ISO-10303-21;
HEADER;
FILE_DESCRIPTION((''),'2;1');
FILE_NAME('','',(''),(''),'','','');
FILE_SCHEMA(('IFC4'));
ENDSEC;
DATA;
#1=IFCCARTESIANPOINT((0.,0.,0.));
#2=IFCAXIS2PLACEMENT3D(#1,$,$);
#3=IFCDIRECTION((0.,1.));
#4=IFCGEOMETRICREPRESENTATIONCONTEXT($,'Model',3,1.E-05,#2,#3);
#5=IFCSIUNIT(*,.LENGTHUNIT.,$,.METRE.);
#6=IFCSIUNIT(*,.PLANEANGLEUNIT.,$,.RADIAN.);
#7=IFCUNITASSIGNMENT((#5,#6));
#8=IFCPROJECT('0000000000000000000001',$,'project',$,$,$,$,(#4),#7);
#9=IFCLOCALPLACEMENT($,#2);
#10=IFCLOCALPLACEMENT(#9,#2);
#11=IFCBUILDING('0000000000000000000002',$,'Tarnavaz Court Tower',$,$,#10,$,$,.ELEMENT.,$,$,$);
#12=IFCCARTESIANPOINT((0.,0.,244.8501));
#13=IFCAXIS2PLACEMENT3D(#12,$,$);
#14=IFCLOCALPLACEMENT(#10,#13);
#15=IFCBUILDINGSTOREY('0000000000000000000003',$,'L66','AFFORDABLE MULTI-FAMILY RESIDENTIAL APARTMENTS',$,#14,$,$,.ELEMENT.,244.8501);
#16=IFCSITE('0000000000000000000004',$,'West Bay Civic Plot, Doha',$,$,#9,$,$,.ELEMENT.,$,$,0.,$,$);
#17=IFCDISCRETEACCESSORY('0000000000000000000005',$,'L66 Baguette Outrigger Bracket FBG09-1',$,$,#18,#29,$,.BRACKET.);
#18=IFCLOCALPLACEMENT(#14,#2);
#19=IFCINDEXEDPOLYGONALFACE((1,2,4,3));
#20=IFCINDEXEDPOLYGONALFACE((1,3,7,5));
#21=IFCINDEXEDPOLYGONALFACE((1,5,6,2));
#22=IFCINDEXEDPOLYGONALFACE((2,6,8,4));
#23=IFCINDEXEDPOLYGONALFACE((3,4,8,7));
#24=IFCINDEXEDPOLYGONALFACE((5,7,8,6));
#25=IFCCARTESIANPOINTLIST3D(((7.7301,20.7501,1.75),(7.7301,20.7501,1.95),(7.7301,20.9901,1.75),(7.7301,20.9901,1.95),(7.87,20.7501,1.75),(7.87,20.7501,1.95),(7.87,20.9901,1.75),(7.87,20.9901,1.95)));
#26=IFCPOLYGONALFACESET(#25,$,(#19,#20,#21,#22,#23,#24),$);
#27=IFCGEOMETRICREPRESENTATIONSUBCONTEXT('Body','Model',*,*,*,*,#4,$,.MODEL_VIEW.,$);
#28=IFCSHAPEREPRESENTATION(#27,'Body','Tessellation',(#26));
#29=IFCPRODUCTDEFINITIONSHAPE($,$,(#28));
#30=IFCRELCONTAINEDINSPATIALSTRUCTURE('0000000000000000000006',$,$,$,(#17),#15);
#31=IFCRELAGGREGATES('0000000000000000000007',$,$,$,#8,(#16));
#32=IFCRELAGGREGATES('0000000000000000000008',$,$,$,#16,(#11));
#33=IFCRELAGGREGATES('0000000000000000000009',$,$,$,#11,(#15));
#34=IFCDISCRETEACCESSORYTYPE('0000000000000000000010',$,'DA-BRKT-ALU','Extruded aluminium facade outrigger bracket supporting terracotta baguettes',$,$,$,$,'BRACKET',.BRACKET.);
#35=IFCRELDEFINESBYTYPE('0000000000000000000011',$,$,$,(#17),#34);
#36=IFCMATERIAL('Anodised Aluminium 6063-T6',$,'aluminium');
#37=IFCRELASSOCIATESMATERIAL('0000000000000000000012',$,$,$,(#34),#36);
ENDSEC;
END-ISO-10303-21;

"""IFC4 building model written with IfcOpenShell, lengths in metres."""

from ifc_helpers import new_model, si_unit, direction, frame, origin, origin_2d, place, context, subcontext, project, spatial, rectangle, extrude, material, type_object, element, save


model = new_model("IFC4")

# Units and contexts
model_context = context("Model", 3, precision=1e-05, world=origin(), true_north=direction((0.0, 1.0)))
body_context = subcontext(model_context, "Body", "Model", "MODEL_VIEW")
ifc_project = project(units=[si_unit("LENGTHUNIT", "METRE"), si_unit("PLANEANGLEUNIT", "RADIAN")], contexts=[model_context])

# Site, building, storey
site_placement = place(None, origin())
site = spatial("IfcSite", under=ifc_project, at=site_placement, Name="West Bay Civic Plot, Doha", CompositionType="ELEMENT", RefElevation=0.0)
building_placement = place(site_placement, origin())
building = spatial("IfcBuilding", under=site, at=building_placement, Name="Tarnavaz Court Tower", CompositionType="ELEMENT")
storey_placement = place(building_placement, frame((0.0, 0.0, 244.8501)))
storey = spatial("IfcBuildingStorey", under=building, at=storey_placement, Name="L66", Description="AFFORDABLE MULTI-FAMILY RESIDENTIAL APARTMENTS", CompositionType="ELEMENT", Elevation=244.8501)

# Shared definitions
ifc_material_1 = material(Name="Anodised Aluminium 6063-T6", Category="aluminium")

# Discrete accessory
discrete_accessory_type = type_object("IfcDiscreteAccessoryType", Name="DA-BRKT-ALU", Description="Extruded aluminium facade outrigger bracket supporting terracotta baguettes", ElementType="BRACKET", PredefinedType="BRACKET", material=ifc_material_1)
for number, where, z_axis, x_axis, name in (
    (1, (7.8, 20.8701, 1.75), (0.0, 0.0, 1.0), (1.0, 0.0, 0.0), "L66 Baguette Outrigger Bracket FBG09-1"),
):
    element("IfcDiscreteAccessory", number, at=place(storey_placement, frame(where, z_axis=z_axis, x_axis=x_axis)), inside=storey, type_object=discrete_accessory_type, Name=name, PredefinedType="BRACKET", context=body_context, shape_type="SweptSolid", body=[
        extrude(rectangle(XDim=0.1399, YDim=0.24, at=origin_2d()), origin(), (0.0, 0.0, 1.0), 0.2),
    ])

save(model, "model.ifc")
